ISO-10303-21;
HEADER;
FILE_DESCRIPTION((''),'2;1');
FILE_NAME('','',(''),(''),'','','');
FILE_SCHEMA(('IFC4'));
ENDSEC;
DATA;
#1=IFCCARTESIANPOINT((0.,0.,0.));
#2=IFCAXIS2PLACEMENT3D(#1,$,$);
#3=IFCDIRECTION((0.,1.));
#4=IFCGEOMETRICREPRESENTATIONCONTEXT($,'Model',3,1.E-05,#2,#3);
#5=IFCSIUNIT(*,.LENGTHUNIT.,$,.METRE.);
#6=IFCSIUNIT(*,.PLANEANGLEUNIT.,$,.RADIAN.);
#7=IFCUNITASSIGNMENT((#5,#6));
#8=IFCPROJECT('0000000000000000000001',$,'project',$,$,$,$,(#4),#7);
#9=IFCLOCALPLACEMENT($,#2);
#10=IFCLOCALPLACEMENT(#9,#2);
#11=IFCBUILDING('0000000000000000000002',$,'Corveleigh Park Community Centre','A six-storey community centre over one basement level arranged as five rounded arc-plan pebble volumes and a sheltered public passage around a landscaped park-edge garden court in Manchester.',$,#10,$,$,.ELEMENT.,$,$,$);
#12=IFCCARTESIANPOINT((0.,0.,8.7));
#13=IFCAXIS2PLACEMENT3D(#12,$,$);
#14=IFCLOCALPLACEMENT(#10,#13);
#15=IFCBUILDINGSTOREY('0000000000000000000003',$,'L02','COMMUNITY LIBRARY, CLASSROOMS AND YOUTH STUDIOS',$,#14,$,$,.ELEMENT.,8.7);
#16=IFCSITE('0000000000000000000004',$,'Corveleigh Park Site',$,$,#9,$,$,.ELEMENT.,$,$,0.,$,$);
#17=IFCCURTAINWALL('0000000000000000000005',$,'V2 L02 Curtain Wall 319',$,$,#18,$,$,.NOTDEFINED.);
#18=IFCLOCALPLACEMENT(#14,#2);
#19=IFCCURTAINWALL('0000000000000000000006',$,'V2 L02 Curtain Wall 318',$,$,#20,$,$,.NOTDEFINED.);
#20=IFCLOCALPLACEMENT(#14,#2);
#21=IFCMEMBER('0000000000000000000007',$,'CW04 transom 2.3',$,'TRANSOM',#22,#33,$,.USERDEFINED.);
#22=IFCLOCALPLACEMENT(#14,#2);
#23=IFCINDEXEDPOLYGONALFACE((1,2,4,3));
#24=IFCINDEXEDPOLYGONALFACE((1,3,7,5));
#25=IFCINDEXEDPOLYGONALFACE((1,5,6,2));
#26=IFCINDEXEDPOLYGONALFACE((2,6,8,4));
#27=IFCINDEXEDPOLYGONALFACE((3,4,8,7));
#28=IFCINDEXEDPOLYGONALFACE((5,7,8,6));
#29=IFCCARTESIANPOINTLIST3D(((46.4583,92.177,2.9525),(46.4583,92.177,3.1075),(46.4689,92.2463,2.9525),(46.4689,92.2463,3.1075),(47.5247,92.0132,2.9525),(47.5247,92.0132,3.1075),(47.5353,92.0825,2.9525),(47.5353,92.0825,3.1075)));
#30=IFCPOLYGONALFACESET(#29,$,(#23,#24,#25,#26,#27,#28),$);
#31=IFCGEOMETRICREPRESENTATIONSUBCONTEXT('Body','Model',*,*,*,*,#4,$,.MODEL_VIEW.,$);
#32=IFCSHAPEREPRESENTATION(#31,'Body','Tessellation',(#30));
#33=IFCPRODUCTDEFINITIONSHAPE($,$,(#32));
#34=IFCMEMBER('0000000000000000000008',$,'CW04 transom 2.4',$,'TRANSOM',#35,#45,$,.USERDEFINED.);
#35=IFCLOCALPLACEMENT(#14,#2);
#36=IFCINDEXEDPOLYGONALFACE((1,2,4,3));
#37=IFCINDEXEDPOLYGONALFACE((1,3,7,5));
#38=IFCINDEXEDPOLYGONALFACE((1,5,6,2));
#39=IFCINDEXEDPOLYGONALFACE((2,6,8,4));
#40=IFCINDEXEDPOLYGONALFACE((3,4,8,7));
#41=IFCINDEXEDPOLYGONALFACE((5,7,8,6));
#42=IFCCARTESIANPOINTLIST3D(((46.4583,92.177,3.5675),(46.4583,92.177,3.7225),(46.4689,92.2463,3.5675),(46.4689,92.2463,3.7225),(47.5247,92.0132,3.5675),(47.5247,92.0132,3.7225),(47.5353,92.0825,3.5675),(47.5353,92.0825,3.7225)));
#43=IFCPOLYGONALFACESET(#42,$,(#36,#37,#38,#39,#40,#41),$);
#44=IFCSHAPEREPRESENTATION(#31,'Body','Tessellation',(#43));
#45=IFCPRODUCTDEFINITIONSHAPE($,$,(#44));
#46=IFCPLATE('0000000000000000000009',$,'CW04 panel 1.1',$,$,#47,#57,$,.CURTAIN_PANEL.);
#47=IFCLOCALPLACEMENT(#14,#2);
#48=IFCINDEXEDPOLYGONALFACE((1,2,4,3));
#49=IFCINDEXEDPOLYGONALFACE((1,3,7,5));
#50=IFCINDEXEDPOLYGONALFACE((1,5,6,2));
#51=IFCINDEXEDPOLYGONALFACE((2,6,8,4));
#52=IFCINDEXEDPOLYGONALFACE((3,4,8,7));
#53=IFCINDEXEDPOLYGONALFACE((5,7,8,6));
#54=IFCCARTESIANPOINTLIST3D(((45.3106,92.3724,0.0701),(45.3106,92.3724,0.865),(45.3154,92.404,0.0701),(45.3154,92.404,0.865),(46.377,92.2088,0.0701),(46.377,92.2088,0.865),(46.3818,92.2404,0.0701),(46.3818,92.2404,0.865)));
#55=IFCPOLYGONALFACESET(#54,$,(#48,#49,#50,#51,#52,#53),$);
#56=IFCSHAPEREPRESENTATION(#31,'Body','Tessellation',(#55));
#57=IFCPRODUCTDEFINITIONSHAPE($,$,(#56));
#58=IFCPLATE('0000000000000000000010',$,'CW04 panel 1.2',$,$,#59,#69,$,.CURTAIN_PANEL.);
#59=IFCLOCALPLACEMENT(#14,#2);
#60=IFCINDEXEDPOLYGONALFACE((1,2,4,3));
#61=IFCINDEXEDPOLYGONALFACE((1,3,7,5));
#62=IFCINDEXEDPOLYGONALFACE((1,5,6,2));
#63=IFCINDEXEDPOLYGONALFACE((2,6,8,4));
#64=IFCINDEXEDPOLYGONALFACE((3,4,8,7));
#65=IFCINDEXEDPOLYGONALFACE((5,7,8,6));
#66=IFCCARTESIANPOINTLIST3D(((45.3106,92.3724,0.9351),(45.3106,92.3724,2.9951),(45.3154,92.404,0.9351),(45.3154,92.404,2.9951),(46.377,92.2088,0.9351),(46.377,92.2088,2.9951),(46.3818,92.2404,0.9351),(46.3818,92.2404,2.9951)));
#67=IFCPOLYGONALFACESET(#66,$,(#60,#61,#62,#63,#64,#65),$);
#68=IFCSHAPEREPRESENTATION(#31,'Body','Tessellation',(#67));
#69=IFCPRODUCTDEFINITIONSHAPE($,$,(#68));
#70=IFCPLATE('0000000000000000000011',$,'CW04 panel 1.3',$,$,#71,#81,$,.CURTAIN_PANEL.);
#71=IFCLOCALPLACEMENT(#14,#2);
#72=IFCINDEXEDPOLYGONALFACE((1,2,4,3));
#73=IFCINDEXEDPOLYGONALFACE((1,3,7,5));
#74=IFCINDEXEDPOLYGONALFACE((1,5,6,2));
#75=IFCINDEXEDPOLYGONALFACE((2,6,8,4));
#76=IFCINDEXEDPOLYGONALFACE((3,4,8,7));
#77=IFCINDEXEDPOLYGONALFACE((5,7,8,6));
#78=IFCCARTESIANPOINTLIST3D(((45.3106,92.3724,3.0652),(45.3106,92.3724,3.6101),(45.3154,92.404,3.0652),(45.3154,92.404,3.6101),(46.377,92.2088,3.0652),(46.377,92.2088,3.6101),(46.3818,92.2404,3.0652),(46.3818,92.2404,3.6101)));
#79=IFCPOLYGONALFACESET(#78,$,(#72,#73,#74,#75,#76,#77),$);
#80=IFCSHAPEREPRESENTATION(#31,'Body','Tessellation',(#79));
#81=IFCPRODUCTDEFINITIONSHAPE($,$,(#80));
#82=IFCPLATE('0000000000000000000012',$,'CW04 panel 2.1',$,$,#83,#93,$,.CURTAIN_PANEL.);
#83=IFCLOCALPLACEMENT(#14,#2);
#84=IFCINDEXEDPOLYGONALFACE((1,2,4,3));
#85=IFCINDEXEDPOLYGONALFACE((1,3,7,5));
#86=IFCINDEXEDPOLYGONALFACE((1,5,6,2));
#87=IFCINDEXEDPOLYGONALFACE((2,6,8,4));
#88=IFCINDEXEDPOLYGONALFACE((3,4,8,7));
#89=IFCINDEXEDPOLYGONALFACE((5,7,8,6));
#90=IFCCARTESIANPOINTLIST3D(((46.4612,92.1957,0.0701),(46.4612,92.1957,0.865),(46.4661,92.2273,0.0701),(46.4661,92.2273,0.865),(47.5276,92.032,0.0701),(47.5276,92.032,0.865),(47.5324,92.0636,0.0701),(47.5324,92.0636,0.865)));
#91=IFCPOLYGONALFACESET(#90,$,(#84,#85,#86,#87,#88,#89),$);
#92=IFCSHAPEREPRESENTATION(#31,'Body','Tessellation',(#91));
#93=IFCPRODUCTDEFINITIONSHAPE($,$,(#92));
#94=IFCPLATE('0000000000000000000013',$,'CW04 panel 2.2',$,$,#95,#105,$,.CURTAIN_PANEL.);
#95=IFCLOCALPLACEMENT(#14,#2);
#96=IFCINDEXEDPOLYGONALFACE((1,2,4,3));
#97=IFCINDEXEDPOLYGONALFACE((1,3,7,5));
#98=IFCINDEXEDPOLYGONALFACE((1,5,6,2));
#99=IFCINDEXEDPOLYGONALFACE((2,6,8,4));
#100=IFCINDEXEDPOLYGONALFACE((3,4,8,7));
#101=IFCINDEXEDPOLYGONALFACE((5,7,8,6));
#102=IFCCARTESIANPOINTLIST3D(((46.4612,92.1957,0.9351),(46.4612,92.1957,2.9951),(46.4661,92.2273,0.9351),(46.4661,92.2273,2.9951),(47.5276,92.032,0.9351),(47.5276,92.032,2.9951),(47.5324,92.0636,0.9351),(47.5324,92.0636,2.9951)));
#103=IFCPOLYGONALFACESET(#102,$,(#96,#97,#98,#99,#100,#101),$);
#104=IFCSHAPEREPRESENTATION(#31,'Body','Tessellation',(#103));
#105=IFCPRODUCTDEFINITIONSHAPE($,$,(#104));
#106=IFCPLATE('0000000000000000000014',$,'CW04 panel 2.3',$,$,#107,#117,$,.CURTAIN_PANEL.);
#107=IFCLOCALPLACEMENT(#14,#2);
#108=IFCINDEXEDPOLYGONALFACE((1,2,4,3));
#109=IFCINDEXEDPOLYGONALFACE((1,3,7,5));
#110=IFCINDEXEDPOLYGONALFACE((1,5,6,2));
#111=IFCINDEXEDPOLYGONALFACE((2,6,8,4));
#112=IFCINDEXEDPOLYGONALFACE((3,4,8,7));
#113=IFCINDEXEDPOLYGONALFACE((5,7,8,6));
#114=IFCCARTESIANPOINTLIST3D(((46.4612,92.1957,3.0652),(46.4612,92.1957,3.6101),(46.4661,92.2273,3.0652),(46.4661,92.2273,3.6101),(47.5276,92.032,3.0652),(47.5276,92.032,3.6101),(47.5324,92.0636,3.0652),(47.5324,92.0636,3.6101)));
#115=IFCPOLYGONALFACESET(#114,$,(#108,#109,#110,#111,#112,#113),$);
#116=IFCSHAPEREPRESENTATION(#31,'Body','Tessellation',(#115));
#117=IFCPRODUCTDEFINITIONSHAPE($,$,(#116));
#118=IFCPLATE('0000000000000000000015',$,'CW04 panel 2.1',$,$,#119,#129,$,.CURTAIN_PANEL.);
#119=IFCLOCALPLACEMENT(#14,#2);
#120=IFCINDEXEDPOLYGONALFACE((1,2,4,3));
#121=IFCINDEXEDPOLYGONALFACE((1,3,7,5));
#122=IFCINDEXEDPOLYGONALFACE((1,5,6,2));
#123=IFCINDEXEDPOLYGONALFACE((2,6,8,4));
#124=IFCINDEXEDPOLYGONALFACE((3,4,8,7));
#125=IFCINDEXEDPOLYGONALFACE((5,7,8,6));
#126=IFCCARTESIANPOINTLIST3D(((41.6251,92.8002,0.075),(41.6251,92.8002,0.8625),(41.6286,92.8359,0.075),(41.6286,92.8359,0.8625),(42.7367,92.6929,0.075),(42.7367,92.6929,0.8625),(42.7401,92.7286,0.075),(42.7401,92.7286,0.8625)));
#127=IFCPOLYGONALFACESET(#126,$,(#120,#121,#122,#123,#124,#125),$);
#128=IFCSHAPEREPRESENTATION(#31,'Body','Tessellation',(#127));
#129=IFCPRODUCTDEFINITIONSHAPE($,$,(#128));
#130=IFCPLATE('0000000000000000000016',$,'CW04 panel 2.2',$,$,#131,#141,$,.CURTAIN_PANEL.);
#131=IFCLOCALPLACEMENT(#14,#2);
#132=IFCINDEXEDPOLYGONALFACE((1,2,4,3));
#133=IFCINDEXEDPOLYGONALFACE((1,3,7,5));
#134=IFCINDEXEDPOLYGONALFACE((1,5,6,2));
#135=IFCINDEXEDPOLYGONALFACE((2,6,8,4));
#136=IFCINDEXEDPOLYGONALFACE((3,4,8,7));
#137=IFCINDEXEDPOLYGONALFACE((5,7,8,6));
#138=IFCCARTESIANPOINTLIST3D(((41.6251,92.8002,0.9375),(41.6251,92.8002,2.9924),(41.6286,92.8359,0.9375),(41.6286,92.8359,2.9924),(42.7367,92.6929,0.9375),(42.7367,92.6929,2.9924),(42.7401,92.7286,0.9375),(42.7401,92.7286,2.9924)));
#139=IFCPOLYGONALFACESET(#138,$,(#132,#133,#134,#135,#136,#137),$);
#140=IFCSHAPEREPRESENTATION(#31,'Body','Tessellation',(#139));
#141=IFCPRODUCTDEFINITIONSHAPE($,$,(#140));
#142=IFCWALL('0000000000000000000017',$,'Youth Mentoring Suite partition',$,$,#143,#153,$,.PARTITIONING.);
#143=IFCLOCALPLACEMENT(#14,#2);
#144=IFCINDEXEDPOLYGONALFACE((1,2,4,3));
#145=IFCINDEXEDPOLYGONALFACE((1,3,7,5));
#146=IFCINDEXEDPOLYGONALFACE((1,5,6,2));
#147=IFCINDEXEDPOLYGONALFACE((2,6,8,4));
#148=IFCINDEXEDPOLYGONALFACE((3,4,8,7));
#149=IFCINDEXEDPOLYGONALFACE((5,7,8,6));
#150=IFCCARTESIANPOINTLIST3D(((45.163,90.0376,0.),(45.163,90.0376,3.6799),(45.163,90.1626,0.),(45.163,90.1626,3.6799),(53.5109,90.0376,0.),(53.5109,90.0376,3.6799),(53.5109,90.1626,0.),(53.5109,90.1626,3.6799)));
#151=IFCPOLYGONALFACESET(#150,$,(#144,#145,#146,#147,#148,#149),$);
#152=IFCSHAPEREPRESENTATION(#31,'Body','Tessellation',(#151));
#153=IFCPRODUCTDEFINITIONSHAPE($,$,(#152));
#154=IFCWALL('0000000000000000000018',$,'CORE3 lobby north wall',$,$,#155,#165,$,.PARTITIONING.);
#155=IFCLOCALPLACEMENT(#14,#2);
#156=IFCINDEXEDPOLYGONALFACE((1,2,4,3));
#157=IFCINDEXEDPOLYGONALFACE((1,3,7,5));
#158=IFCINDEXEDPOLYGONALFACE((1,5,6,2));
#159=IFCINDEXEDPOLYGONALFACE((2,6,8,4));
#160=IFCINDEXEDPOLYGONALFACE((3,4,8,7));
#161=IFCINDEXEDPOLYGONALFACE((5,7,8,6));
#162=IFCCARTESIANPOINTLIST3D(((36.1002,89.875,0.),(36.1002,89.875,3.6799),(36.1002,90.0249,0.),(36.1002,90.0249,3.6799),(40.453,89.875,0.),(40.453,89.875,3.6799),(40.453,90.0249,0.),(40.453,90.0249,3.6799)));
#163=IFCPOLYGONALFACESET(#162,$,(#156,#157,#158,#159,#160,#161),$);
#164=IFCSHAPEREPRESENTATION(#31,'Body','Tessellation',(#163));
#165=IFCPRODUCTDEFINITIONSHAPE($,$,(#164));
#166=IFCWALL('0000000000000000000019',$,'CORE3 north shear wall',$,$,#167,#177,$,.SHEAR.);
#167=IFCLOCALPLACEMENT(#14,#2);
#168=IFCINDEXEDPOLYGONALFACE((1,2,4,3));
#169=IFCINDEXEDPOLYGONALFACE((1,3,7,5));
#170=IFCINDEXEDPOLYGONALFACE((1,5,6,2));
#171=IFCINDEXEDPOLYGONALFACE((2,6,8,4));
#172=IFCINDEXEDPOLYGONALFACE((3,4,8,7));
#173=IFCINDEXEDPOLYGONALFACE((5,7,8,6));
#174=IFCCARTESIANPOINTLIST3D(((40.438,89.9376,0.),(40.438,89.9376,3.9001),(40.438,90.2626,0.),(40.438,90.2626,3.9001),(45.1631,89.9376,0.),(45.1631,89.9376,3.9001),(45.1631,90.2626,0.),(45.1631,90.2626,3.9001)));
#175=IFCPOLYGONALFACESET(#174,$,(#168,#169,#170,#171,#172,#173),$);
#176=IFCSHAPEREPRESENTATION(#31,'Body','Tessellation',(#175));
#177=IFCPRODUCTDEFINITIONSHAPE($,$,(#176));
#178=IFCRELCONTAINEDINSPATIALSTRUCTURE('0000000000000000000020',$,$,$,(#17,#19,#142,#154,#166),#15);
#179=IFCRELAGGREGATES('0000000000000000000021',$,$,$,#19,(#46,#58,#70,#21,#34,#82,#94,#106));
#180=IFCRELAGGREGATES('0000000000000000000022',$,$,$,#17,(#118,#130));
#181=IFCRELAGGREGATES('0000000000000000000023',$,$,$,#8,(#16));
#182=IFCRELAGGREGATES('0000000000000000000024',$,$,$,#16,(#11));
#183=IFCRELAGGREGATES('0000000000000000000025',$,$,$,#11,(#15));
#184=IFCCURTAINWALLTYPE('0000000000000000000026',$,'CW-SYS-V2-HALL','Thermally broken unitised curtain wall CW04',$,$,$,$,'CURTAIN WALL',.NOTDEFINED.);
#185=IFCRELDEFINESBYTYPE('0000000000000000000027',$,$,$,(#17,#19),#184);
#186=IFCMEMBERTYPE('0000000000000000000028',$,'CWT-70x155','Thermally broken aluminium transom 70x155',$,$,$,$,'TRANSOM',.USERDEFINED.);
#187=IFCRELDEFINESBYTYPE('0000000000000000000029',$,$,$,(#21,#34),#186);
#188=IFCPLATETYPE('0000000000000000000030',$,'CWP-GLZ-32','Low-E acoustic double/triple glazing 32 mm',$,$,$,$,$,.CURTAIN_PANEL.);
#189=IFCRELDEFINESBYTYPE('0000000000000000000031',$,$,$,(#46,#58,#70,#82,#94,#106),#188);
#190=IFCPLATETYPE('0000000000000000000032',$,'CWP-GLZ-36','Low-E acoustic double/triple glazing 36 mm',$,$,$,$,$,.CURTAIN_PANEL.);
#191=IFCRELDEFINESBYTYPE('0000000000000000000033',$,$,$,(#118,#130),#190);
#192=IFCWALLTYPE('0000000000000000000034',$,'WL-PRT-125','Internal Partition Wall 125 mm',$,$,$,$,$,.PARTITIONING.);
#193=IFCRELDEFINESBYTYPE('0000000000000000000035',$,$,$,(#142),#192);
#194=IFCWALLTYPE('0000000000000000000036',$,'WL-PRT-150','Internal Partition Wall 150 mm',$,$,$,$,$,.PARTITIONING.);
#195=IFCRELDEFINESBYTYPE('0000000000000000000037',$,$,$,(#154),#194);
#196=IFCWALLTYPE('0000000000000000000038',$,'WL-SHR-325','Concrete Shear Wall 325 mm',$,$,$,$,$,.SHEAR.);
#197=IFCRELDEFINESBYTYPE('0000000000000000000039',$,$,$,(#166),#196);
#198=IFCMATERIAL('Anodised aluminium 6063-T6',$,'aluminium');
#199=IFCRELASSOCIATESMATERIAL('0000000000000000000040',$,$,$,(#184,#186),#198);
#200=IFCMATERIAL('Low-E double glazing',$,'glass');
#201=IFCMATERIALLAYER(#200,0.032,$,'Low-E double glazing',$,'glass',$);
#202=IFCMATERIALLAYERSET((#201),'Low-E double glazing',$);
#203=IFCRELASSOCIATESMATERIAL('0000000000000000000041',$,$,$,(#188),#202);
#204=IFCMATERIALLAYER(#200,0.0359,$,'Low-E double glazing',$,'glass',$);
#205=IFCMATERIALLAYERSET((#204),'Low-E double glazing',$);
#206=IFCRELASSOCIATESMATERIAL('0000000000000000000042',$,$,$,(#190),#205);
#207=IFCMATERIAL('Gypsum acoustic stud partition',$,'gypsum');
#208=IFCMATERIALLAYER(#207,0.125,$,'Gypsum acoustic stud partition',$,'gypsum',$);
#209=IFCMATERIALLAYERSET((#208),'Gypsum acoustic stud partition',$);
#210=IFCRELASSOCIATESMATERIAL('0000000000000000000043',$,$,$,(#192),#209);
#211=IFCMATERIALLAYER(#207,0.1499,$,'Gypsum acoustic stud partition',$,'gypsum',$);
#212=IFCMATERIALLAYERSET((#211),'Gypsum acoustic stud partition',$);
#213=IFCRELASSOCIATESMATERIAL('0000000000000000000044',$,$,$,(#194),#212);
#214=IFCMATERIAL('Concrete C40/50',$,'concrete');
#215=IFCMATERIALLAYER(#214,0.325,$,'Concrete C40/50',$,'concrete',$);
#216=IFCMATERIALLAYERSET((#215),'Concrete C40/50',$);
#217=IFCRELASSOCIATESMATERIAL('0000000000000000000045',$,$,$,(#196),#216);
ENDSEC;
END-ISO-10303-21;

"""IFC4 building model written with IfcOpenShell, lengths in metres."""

from ifc_helpers import new_model, si_unit, direction, frame, frame_2d, origin, origin_2d, place, context, subcontext, project, spatial, rectangle, extrude, material, layer, layer_set, material_profile, profile_set, type_object, element, aggregate, save


model = new_model("IFC4")

# Units and contexts
model_context = context("Model", 3, precision=1e-05, world=origin(), true_north=direction((0.0, 1.0)))
body_context = subcontext(model_context, "Body", "Model", "MODEL_VIEW")
ifc_project = project(units=[si_unit("LENGTHUNIT", "METRE"), si_unit("PLANEANGLEUNIT", "RADIAN")], contexts=[model_context])

# Site, building, storey
site_placement = place(None, origin())
site = spatial("IfcSite", under=ifc_project, at=site_placement, Name="Corveleigh Park Site", CompositionType="ELEMENT", RefElevation=0.0)
building_placement = place(site_placement, origin())
building = spatial("IfcBuilding", under=site, at=building_placement, Name="Corveleigh Park Community Centre", Description="A six-storey community centre over one basement level arranged as five rounded arc-plan pebble volumes and a sheltered public passage around a landscaped park-edge garden court in Manchester.", CompositionType="ELEMENT")
storey_placement = place(building_placement, frame((0.0, 0.0, 8.7)))
storey = spatial("IfcBuildingStorey", under=building, at=storey_placement, Name="L02", Description="COMMUNITY LIBRARY, CLASSROOMS AND YOUTH STUDIOS", CompositionType="ELEMENT", Elevation=8.7)

# Curtain wall
ifc_material_1 = material(Name="Anodised aluminium 6063-T6", Category="aluminium")
curtain_wall_type = type_object("IfcCurtainWallType", Name="CW-SYS-V2-HALL", Description="Thermally broken unitised curtain wall CW04", ElementType="CURTAIN WALL", PredefinedType="NOTDEFINED", material=ifc_material_1)
curtain_wall_1_placement = place(storey_placement, origin())
curtain_wall_1 = element("IfcCurtainWall", 1, at=curtain_wall_1_placement, inside=storey, type_object=curtain_wall_type, Name="V2 L02 Curtain Wall 319", PredefinedType="NOTDEFINED")

# Curtain wall
curtain_wall_2_placement = place(storey_placement, origin())
curtain_wall_2 = element("IfcCurtainWall", 2, at=curtain_wall_2_placement, inside=storey, type_object=curtain_wall_type, Name="V2 L02 Curtain Wall 318", PredefinedType="NOTDEFINED")

# Members
ifc_material_profile_1 = material_profile(ifc_material_1, rectangle(XDim=0.0701, YDim=0.155, at=origin_2d()), Name="ALU-T70x155", Category="aluminium")
ifc_profile_set_1 = profile_set([ifc_material_profile_1], Name="Anodised aluminium 6063-T6")
member_type_1 = type_object("IfcMemberType", Name="CWT-70x155", Description="Thermally broken aluminium transom 70x155", ElementType="TRANSOM", PredefinedType="USERDEFINED", material=ifc_profile_set_1)
member_1_placement = place(storey_placement, frame((46.4636, 92.2117, 3.03), z_axis=(0.988406, -0.151836, 0.0), x_axis=(0.151836, 0.988406, 0.0)))
member_1 = element("IfcMember", 3, at=member_1_placement, type_object=member_type_1, Name="CW04 transom 2.3", ObjectType="TRANSOM", PredefinedType="USERDEFINED", context=body_context, shape_type="SweptSolid", body=[
    extrude(rectangle(XDim=0.0701, YDim=0.155, at=origin_2d()), origin(), (0.0, 0.0, 1.0), 1.0789),
])
member_2_placement = place(storey_placement, frame((46.4636, 92.2117, 3.645), z_axis=(0.988406, -0.151836, 0.0), x_axis=(0.151836, 0.988406, 0.0)))
member_2 = element("IfcMember", 4, at=member_2_placement, type_object=member_type_1, Name="CW04 transom 2.4", ObjectType="TRANSOM", PredefinedType="USERDEFINED", context=body_context, shape_type="SweptSolid", body=[
    extrude(rectangle(XDim=0.0701, YDim=0.155, at=origin_2d()), origin(), (0.0, 0.0, 1.0), 1.0789),
])

# Plates
ifc_material_2 = material(Name="Low-E double glazing", Category="glass")
ifc_layer_1 = layer(ifc_material_2, 0.032, Name="Low-E double glazing", Category="glass")
ifc_layer_set_1 = layer_set([ifc_layer_1], Name="Low-E double glazing")
plate_type_1 = type_object("IfcPlateType", Name="CWP-GLZ-32", Description="Low-E acoustic double/triple glazing 32 mm", PredefinedType="CURTAIN_PANEL", material=ifc_layer_set_1)
plate_1_placement = place(storey_placement, frame((45.8462, 92.3064, 0.0701), z_axis=(0.0, 0.0, 1.0), x_axis=(0.988429, -0.151683, 0.0)))
plate_1 = element("IfcPlate", 5, at=plate_1_placement, type_object=plate_type_1, Name="CW04 panel 1.1", PredefinedType="CURTAIN_PANEL", context=body_context, shape_type="SweptSolid", body=[
    extrude(rectangle(XDim=1.0789, YDim=0.032, at=origin_2d()), origin(), (0.0, 0.0, 1.0), 0.7949),
])
plate_2_placement = place(storey_placement, frame((45.8462, 92.3064, 0.9351), z_axis=(0.0, 0.0, 1.0), x_axis=(0.988429, -0.151683, 0.0)))
plate_2 = element("IfcPlate", 6, at=plate_2_placement, type_object=plate_type_1, Name="CW04 panel 1.2", PredefinedType="CURTAIN_PANEL", context=body_context, shape_type="SweptSolid", body=[
    extrude(rectangle(XDim=1.0789, YDim=0.032, at=origin_2d()), origin(), (0.0, 0.0, 1.0), 2.0601),
])
plate_3_placement = place(storey_placement, frame((45.8462, 92.3064, 3.0652), z_axis=(0.0, 0.0, 1.0), x_axis=(0.988429, -0.151683, 0.0)))
plate_3 = element("IfcPlate", 7, at=plate_3_placement, type_object=plate_type_1, Name="CW04 panel 1.3", PredefinedType="CURTAIN_PANEL", context=body_context, shape_type="SweptSolid", body=[
    extrude(rectangle(XDim=1.0789, YDim=0.032, at=origin_2d()), origin(), (0.0, 0.0, 1.0), 0.5449),
])
plate_4_placement = place(storey_placement, frame((46.9968, 92.1296, 0.0701), z_axis=(0.0, 0.0, 1.0), x_axis=(0.988429, -0.151683, 0.0)))
plate_4 = element("IfcPlate", 8, at=plate_4_placement, type_object=plate_type_1, Name="CW04 panel 2.1", PredefinedType="CURTAIN_PANEL", context=body_context, shape_type="SweptSolid", body=[
    extrude(rectangle(XDim=1.0789, YDim=0.032, at=origin_2d()), origin(), (0.0, 0.0, 1.0), 0.7949),
])
plate_5_placement = place(storey_placement, frame((46.9968, 92.1296, 0.9351), z_axis=(0.0, 0.0, 1.0), x_axis=(0.988429, -0.151683, 0.0)))
plate_5 = element("IfcPlate", 9, at=plate_5_placement, type_object=plate_type_1, Name="CW04 panel 2.2", PredefinedType="CURTAIN_PANEL", context=body_context, shape_type="SweptSolid", body=[
    extrude(rectangle(XDim=1.0789, YDim=0.032, at=origin_2d()), origin(), (0.0, 0.0, 1.0), 2.0601),
])
plate_6_placement = place(storey_placement, frame((46.9968, 92.1296, 3.0652), z_axis=(0.0, 0.0, 1.0), x_axis=(0.988429, -0.151683, 0.0)))
plate_6 = element("IfcPlate", 10, at=plate_6_placement, type_object=plate_type_1, Name="CW04 panel 2.3", PredefinedType="CURTAIN_PANEL", context=body_context, shape_type="SweptSolid", body=[
    extrude(rectangle(XDim=1.0789, YDim=0.032, at=origin_2d()), origin(), (0.0, 0.0, 1.0), 0.5449),
])
aggregate(curtain_wall_2, [plate_1, plate_2, plate_3, member_1, member_2, plate_4, plate_5, plate_6])
ifc_layer_2 = layer(ifc_material_2, 0.0359, Name="Low-E double glazing", Category="glass")
ifc_layer_set_2 = layer_set([ifc_layer_2], Name="Low-E double glazing")
plate_type_2 = type_object("IfcPlateType", Name="CWP-GLZ-36", Description="Low-E acoustic double/triple glazing 36 mm", PredefinedType="CURTAIN_PANEL", material=ifc_layer_set_2)
plate_7_placement = place(storey_placement, frame((42.1826, 92.7644, 0.075), z_axis=(0.0, 0.0, 1.0), x_axis=(0.995368, -0.096139, 0.0)))
plate_7 = element("IfcPlate", 11, at=plate_7_placement, type_object=plate_type_2, Name="CW04 panel 2.1", PredefinedType="CURTAIN_PANEL", context=body_context, shape_type="SweptSolid", body=[
    extrude(rectangle(XDim=1.1167, YDim=0.0359, at=origin_2d()), origin(), (0.0, 0.0, 1.0), 0.7876),
])
plate_8_placement = place(storey_placement, frame((42.1826, 92.7644, 0.9375), z_axis=(0.0, 0.0, 1.0), x_axis=(0.995368, -0.096139, 0.0)))
plate_8 = element("IfcPlate", 12, at=plate_8_placement, type_object=plate_type_2, Name="CW04 panel 2.2", PredefinedType="CURTAIN_PANEL", context=body_context, shape_type="SweptSolid", body=[
    extrude(rectangle(XDim=1.1167, YDim=0.0359, at=origin_2d()), origin(), (0.0, 0.0, 1.0), 2.0549),
])
aggregate(curtain_wall_1, [plate_7, plate_8])

# Walls
ifc_material_3 = material(Name="Gypsum acoustic stud partition", Category="gypsum")
ifc_layer_3 = layer(ifc_material_3, 0.125, Name="Gypsum acoustic stud partition", Category="gypsum")
ifc_layer_set_3 = layer_set([ifc_layer_3], Name="Gypsum acoustic stud partition")
wall_type_1 = type_object("IfcWallType", Name="WL-PRT-125", Description="Internal Partition Wall 125 mm", PredefinedType="PARTITIONING", material=ifc_layer_set_3)
wall_1_placement = place(storey_placement, frame((45.1631, 90.1001, 0.0), z_axis=(0.0, 0.0, 1.0), x_axis=(1.0, 0.0, 0.0)))
element("IfcWall", 13, at=wall_1_placement, inside=storey, type_object=wall_type_1, Name="Youth Mentoring Suite partition", PredefinedType="PARTITIONING", context=body_context, shape_type="SweptSolid", body=[
    extrude(rectangle(XDim=8.3479, YDim=0.125, at=frame_2d((4.1738, 0.0))), origin(), (0.0, 0.0, 1.0), 3.6799),
])
ifc_layer_4 = layer(ifc_material_3, 0.1499, Name="Gypsum acoustic stud partition", Category="gypsum")
ifc_layer_set_4 = layer_set([ifc_layer_4], Name="Gypsum acoustic stud partition")
wall_type_2 = type_object("IfcWallType", Name="WL-PRT-150", Description="Internal Partition Wall 150 mm", PredefinedType="PARTITIONING", material=ifc_layer_set_4)
wall_2_placement = place(storey_placement, frame((40.4529, 89.95, 0.0), z_axis=(0.0, 0.0, 1.0), x_axis=(-1.0, 0.0, 0.0)))
element("IfcWall", 14, at=wall_2_placement, inside=storey, type_object=wall_type_2, Name="CORE3 lobby north wall", PredefinedType="PARTITIONING", context=body_context, shape_type="SweptSolid", body=[
    extrude(rectangle(XDim=4.3528, YDim=0.1499, at=frame_2d((2.1763, 0.0))), origin(), (0.0, 0.0, 1.0), 3.6799),
])
ifc_material_4 = material(Name="Concrete C40/50", Category="concrete")
ifc_layer_5 = layer(ifc_material_4, 0.325, Name="Concrete C40/50", Category="concrete")
ifc_layer_set_5 = layer_set([ifc_layer_5], Name="Concrete C40/50")
wall_type_3 = type_object("IfcWallType", Name="WL-SHR-325", Description="Concrete Shear Wall 325 mm", PredefinedType="SHEAR", material=ifc_layer_set_5)
wall_3_placement = place(storey_placement, frame((45.1631, 90.1001, 0.0), z_axis=(0.0, 0.0, 1.0), x_axis=(-1.0, 0.0, 0.0)))
element("IfcWall", 15, at=wall_3_placement, inside=storey, type_object=wall_type_3, Name="CORE3 north shear wall", PredefinedType="SHEAR", context=body_context, shape_type="SweptSolid", body=[
    extrude(rectangle(XDim=4.7251, YDim=0.325, at=frame_2d((2.3625, 0.0))), origin(), (0.0, 0.0, 1.0), 3.9001),
])

save(model, "model.ifc")
